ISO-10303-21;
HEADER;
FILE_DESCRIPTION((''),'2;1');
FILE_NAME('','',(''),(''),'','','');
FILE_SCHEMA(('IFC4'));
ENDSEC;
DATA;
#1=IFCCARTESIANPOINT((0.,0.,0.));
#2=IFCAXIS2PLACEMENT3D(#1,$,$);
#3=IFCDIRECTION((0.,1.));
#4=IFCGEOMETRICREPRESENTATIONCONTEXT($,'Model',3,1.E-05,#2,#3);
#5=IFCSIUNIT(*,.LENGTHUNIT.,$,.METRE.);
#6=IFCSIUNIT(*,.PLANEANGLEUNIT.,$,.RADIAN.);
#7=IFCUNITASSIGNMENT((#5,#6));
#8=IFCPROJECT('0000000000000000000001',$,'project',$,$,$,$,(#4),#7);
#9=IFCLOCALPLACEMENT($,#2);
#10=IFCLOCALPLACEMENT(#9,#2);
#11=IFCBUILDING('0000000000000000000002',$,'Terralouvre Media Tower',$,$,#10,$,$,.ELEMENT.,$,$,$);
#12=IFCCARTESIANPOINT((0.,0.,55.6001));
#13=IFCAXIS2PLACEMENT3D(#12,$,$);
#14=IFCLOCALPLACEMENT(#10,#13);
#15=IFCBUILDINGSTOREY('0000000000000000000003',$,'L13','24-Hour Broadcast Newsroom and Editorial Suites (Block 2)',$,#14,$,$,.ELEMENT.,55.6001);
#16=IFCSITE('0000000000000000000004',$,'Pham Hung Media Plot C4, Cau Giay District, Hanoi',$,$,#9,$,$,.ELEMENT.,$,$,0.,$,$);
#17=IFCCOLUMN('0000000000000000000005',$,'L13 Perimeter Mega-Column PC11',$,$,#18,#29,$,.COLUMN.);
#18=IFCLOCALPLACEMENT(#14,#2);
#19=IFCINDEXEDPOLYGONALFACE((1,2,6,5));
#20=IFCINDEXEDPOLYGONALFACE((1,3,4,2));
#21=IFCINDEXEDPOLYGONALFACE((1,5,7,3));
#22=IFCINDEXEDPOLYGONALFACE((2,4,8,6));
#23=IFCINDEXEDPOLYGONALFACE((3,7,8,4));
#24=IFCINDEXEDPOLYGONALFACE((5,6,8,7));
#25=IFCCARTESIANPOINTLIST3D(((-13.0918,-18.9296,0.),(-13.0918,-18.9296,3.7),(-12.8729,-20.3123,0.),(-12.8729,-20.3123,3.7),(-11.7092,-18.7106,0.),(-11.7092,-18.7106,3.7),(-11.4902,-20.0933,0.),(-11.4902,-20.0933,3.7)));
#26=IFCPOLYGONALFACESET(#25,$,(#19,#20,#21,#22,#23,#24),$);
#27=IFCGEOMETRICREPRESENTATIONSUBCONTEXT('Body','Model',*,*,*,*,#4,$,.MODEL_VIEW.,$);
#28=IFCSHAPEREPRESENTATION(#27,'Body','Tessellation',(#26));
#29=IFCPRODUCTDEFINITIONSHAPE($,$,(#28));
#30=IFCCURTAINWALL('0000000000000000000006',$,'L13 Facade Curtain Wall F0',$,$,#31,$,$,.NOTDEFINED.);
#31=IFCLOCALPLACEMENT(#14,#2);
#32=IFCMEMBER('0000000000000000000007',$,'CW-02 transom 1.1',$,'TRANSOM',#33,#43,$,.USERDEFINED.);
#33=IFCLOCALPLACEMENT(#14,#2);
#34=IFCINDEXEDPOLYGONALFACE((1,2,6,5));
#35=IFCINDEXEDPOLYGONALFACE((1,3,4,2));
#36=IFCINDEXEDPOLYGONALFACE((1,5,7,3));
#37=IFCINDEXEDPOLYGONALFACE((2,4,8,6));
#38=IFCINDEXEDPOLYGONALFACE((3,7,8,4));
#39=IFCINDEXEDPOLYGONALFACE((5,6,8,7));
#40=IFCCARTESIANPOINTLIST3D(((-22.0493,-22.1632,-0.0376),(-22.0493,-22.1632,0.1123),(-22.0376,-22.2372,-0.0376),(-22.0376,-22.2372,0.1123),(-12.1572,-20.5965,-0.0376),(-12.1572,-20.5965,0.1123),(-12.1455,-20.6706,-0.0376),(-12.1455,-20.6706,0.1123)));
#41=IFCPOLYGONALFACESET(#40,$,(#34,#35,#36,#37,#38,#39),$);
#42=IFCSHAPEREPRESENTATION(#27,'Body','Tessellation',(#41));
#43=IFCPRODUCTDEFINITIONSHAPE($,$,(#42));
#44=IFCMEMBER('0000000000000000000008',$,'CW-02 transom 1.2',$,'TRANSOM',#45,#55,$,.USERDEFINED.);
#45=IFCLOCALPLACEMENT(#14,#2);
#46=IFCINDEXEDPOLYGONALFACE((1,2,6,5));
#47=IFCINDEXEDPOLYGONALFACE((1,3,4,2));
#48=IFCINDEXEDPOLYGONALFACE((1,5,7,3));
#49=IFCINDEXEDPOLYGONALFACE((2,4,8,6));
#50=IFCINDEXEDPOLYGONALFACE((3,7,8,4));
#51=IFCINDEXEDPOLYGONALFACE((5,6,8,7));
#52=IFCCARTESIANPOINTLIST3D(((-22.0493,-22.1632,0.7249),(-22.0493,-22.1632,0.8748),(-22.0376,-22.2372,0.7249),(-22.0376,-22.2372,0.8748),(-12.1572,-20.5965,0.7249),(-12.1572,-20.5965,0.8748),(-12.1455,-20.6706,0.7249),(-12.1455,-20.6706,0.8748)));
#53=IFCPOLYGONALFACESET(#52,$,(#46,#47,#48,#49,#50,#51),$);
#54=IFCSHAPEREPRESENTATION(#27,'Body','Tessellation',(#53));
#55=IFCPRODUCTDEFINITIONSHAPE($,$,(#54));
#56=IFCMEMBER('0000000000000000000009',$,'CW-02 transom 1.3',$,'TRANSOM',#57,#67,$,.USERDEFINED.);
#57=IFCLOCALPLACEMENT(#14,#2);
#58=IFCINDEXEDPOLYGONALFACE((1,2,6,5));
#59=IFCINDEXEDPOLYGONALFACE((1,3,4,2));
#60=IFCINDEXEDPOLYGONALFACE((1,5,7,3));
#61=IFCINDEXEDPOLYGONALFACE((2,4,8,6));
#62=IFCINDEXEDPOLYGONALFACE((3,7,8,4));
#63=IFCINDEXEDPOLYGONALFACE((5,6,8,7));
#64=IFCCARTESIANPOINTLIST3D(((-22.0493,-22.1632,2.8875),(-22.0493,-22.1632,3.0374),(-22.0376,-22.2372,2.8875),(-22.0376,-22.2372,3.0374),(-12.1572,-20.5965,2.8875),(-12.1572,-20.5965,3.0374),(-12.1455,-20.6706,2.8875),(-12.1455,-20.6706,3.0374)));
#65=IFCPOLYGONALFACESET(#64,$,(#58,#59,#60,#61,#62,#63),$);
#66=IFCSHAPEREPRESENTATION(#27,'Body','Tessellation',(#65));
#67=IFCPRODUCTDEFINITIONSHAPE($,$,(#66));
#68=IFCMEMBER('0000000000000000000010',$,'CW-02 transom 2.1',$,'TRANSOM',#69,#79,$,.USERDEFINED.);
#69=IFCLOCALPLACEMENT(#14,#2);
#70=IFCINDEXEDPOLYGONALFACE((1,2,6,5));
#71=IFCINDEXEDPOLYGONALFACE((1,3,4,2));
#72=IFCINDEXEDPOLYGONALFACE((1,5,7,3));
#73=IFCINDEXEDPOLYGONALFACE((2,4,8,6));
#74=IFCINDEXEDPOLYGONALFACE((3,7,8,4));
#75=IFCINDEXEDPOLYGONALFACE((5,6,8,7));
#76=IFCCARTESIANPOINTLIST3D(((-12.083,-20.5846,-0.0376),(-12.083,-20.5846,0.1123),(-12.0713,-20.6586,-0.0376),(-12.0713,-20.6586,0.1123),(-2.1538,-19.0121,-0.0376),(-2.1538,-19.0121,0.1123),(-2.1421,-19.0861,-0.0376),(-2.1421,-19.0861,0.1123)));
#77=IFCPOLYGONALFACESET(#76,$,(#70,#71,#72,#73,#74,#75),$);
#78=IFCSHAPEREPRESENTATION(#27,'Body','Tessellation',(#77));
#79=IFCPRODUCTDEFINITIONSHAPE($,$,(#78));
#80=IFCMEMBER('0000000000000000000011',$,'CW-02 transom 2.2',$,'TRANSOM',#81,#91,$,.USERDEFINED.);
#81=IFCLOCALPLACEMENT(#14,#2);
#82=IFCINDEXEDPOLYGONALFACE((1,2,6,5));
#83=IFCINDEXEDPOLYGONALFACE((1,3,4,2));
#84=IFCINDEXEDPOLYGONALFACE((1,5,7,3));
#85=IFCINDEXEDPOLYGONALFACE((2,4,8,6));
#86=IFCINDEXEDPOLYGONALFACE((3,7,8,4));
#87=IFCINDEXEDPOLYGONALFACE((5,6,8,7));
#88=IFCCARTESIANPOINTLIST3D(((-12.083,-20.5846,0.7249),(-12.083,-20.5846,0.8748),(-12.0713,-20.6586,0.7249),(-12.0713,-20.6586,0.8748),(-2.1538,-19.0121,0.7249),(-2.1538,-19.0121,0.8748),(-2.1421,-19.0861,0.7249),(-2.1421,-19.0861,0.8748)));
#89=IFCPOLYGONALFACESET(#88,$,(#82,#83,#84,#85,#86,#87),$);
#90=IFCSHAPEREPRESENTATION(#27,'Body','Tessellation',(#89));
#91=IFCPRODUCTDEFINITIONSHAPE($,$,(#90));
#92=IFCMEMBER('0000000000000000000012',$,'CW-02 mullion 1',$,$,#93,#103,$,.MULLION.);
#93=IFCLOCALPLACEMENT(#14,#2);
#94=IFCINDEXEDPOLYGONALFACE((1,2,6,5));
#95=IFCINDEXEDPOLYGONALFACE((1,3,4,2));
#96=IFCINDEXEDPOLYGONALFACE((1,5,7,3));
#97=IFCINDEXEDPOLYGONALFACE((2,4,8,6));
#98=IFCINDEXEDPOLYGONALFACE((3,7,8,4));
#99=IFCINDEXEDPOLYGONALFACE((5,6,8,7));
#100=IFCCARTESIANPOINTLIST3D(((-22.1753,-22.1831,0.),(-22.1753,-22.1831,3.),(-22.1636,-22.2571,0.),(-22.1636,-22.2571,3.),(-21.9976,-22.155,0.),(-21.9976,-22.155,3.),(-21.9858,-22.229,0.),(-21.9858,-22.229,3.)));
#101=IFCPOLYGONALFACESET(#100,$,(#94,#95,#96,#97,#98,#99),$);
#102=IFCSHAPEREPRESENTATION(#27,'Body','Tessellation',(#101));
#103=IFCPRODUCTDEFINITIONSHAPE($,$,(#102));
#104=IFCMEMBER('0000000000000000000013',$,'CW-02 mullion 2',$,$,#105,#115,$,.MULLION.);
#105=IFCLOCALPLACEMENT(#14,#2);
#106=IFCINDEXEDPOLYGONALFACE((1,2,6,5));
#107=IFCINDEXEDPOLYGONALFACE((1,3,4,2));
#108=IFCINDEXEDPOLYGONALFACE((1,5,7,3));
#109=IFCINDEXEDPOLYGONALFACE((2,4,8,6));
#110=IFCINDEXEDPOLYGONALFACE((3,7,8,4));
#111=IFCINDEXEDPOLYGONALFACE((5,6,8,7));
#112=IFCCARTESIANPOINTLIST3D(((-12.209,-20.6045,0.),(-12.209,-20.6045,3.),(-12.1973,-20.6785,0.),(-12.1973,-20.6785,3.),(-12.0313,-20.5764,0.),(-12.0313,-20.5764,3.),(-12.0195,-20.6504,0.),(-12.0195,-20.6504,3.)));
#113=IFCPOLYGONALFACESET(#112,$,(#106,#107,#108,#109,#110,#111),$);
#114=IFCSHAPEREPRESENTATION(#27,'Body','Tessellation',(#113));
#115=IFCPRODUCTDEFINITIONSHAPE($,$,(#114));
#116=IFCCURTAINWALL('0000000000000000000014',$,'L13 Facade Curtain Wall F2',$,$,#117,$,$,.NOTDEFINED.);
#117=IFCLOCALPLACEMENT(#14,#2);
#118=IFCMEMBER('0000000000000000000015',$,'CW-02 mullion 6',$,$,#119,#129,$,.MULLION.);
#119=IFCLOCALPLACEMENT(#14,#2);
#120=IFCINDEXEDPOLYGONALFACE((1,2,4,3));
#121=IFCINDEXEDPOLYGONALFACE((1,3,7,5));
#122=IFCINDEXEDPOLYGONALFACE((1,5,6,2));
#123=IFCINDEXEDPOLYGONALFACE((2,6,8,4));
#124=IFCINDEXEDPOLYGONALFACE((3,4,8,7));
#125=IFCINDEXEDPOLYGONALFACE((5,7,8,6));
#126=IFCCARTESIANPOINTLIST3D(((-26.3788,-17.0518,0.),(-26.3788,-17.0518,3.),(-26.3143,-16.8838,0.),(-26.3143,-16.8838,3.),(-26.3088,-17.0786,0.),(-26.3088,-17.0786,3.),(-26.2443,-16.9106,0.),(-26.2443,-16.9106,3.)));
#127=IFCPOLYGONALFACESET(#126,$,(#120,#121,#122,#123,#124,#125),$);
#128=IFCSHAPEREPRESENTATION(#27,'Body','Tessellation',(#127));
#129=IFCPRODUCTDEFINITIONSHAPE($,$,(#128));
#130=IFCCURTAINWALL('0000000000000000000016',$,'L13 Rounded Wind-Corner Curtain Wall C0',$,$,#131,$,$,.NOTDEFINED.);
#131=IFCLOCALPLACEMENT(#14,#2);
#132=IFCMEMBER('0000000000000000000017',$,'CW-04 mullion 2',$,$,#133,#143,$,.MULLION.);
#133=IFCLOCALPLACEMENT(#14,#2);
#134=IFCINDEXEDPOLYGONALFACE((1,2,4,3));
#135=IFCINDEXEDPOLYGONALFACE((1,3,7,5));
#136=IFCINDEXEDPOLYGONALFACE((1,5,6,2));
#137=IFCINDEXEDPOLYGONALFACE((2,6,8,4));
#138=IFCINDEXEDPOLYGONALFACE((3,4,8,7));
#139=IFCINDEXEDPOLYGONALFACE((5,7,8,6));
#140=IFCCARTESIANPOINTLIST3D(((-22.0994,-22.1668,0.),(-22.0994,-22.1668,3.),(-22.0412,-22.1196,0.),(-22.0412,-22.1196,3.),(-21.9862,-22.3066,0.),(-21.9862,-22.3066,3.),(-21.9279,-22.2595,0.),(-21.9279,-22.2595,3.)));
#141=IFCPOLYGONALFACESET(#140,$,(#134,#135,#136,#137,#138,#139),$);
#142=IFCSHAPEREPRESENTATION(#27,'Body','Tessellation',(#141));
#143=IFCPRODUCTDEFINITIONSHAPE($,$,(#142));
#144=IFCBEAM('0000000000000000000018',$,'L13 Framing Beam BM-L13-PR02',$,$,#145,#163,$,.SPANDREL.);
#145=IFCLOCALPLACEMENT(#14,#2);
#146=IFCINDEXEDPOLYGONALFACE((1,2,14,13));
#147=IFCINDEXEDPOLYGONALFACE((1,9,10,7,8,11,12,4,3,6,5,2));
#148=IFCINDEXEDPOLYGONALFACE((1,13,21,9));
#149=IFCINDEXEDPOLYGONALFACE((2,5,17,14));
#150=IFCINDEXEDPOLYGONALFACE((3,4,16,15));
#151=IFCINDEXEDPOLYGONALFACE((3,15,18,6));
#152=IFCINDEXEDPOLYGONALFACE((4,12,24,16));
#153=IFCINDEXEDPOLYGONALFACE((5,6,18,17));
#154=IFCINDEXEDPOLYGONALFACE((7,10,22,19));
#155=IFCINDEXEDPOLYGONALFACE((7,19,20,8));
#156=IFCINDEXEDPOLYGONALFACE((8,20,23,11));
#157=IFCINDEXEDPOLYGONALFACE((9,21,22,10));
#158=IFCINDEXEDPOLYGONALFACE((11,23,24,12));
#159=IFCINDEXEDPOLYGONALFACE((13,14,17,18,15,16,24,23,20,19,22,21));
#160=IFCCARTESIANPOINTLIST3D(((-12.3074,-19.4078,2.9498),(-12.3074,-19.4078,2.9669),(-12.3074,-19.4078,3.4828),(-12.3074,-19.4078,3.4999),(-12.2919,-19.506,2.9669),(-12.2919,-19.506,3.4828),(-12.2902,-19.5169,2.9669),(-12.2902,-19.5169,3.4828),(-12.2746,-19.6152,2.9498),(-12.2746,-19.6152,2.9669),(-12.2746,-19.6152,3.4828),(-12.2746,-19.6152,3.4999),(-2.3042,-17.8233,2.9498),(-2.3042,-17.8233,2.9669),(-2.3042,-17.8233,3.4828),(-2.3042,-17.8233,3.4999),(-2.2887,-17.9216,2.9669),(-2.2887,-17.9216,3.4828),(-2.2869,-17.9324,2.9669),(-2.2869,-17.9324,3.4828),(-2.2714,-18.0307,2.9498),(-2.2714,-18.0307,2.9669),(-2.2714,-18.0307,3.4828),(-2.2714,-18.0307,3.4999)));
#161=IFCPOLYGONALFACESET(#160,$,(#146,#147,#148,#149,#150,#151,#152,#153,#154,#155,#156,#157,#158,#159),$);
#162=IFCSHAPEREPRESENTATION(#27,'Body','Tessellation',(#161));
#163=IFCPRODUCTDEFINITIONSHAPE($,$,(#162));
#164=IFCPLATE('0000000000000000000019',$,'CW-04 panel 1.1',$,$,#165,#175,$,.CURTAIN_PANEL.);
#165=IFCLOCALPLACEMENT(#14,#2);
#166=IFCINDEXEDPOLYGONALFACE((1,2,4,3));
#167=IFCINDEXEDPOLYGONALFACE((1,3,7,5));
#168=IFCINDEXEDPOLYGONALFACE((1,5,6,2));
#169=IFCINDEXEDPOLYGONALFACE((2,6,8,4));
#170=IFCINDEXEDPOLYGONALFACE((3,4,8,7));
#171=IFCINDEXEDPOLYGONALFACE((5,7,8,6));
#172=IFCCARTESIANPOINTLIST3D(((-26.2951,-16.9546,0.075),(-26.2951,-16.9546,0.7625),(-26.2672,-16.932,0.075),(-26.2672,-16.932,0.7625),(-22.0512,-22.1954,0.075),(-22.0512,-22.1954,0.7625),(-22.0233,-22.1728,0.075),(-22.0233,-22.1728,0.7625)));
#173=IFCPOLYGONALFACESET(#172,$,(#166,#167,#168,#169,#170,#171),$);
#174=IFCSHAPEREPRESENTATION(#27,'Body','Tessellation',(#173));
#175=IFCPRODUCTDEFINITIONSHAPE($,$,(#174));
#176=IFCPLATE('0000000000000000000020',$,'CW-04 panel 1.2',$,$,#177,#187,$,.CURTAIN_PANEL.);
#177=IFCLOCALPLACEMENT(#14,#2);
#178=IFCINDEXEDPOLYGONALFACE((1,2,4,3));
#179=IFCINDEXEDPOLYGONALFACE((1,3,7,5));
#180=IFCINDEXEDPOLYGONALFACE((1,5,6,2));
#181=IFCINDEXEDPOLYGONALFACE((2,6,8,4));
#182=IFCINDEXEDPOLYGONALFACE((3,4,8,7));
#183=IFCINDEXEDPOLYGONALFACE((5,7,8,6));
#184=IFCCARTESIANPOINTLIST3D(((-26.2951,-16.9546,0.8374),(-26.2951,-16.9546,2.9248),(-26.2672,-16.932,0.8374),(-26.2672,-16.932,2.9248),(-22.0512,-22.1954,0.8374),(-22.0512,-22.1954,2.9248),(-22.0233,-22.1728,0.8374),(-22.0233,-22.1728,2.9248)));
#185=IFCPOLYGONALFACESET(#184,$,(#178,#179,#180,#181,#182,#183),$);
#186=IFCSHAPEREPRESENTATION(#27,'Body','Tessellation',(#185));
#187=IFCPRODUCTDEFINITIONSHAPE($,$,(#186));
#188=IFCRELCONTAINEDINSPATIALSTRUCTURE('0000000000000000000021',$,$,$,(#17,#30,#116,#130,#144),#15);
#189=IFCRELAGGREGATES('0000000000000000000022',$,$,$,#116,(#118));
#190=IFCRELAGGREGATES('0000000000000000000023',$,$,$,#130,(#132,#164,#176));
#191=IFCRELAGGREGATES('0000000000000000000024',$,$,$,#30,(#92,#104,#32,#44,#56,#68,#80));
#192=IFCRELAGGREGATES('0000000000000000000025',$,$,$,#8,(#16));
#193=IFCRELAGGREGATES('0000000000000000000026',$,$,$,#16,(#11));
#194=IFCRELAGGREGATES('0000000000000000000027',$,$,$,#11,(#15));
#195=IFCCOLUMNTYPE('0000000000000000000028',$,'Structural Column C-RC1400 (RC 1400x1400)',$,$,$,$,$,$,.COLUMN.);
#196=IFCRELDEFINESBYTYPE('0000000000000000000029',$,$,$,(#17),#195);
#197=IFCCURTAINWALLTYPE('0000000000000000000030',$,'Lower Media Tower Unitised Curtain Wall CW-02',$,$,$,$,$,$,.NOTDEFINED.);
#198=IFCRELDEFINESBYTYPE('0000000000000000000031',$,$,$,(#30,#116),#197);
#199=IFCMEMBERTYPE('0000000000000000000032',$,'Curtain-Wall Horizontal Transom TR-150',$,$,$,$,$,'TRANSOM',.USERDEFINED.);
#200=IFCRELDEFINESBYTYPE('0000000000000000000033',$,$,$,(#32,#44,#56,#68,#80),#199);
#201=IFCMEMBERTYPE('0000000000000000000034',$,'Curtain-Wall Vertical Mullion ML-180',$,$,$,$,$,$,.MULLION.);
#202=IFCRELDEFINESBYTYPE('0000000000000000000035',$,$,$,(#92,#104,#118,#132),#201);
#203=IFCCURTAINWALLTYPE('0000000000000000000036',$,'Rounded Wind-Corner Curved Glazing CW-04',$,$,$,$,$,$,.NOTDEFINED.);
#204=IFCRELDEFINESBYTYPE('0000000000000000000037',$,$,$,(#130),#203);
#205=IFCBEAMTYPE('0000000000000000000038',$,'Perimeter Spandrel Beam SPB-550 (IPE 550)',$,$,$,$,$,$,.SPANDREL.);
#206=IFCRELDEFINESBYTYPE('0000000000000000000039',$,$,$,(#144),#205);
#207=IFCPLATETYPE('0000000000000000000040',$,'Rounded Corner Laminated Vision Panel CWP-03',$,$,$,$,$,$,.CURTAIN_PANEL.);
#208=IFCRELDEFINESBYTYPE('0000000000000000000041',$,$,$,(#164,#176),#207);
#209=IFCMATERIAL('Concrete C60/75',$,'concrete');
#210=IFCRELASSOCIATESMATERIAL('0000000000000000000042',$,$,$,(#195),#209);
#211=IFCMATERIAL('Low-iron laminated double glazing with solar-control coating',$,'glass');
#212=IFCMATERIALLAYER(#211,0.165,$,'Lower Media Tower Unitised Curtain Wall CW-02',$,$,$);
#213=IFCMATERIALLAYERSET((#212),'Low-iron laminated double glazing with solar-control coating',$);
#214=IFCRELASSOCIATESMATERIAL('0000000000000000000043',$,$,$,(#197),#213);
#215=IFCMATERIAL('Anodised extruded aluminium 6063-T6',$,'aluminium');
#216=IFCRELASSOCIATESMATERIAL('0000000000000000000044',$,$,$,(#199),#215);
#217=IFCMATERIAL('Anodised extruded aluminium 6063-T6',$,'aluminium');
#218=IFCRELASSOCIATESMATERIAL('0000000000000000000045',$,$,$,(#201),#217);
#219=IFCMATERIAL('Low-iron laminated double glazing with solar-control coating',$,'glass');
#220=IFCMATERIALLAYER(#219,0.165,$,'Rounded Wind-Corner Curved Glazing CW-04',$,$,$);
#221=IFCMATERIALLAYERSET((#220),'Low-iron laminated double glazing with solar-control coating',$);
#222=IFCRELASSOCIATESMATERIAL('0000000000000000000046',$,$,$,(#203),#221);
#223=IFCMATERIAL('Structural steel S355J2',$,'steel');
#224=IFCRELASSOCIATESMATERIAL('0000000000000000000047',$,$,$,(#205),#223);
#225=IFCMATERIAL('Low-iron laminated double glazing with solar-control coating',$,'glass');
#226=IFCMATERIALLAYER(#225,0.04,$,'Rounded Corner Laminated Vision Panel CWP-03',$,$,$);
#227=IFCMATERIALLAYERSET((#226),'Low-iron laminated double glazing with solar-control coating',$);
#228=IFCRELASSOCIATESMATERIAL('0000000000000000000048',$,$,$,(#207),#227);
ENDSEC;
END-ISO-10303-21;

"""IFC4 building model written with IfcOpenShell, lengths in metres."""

from ifc_helpers import new_model, si_unit, direction, frame, origin, origin_2d, place, context, subcontext, project, spatial, rectangle, i_section, extrude, material, layer, layer_set, material_profile, profile_set, type_object, element, aggregate, save


model = new_model("IFC4")

# Units and contexts
model_context = context("Model", 3, precision=1e-05, world=origin(), true_north=direction((0.0, 1.0)))
body_context = subcontext(model_context, "Body", "Model", "MODEL_VIEW")
ifc_project = project(units=[si_unit("LENGTHUNIT", "METRE"), si_unit("PLANEANGLEUNIT", "RADIAN")], contexts=[model_context])

# Site, building, storey
site_placement = place(None, origin())
site = spatial("IfcSite", under=ifc_project, at=site_placement, Name="Pham Hung Media Plot C4, Cau Giay District, Hanoi", CompositionType="ELEMENT", RefElevation=0.0)
building_placement = place(site_placement, origin())
building = spatial("IfcBuilding", under=site, at=building_placement, Name="Terralouvre Media Tower", CompositionType="ELEMENT")
storey_placement = place(building_placement, frame((0.0, 0.0, 55.6001)))
storey = spatial("IfcBuildingStorey", under=building, at=storey_placement, Name="L13", Description="24-Hour Broadcast Newsroom and Editorial Suites (Block 2)", CompositionType="ELEMENT", Elevation=55.6001)

# Column
ifc_material_1 = material(Name="Concrete C60/75", Category="concrete")
ifc_material_profile_1 = material_profile(ifc_material_1, rectangle(XDim=1.3999, YDim=1.3999, at=origin_2d()), Name="RC 1400x1400")
ifc_profile_set_1 = profile_set([ifc_material_profile_1], Name="Concrete C60/75")
column_type = type_object("IfcColumnType", Name="Structural Column C-RC1400 (RC 1400x1400)", PredefinedType="COLUMN", material=ifc_profile_set_1)
column_placement = place(storey_placement, frame((-12.291, -19.5115, 0.0), z_axis=(0.0, 0.0, 1.0), x_axis=(0.987688, 0.156434, 0.0)))
element("IfcColumn", 1, at=column_placement, inside=storey, type_object=column_type, Name="L13 Perimeter Mega-Column PC11", PredefinedType="COLUMN", context=body_context, shape_type="SweptSolid", body=[
    extrude(rectangle(XDim=1.3999, YDim=1.3999, at=origin_2d()), origin(), (0.0, 0.0, 1.0), 3.7),
])

# Curtain wall, members
ifc_material_2 = material(Name="Low-iron laminated double glazing with solar-control coating", Category="glass")
ifc_layer_1 = layer(ifc_material_2, 0.165, Name="Lower Media Tower Unitised Curtain Wall CW-02")
ifc_layer_set_1 = layer_set([ifc_layer_1], Name="Low-iron laminated double glazing with solar-control coating")
curtain_wall_type_1 = type_object("IfcCurtainWallType", Name="Lower Media Tower Unitised Curtain Wall CW-02", PredefinedType="NOTDEFINED", material=ifc_layer_set_1)
curtain_wall_1_placement = place(storey_placement, origin())
curtain_wall_1 = element("IfcCurtainWall", 2, at=curtain_wall_1_placement, inside=storey, type_object=curtain_wall_type_1, Name="L13 Facade Curtain Wall F0", PredefinedType="NOTDEFINED")
ifc_material_3 = material(Name="Anodised extruded aluminium 6063-T6", Category="aluminium")
ifc_material_profile_2 = material_profile(ifc_material_3, rectangle(XDim=0.075, YDim=0.1499, at=origin_2d()), Name="ALU 75x150")
ifc_profile_set_2 = profile_set([ifc_material_profile_2], Name="Anodised extruded aluminium 6063-T6")
member_type_1 = type_object("IfcMemberType", Name="Curtain-Wall Horizontal Transom TR-150", ElementType="TRANSOM", PredefinedType="USERDEFINED", material=ifc_profile_set_2)
member_1_placement = place(storey_placement, frame((-22.0435, -22.2002, 0.0374), z_axis=(0.98769, 0.156424, 0.0), x_axis=(-0.156424, 0.98769, 0.0)))
member_1 = element("IfcMember", 3, at=member_1_placement, type_object=member_type_1, Name="CW-02 transom 1.1", ObjectType="TRANSOM", PredefinedType="USERDEFINED", context=body_context, shape_type="SweptSolid", body=[
    extrude(rectangle(XDim=0.075, YDim=0.1499, at=origin_2d()), origin(), (0.0, 0.0, 1.0), 10.0154),
])
member_2_placement = place(storey_placement, frame((-22.0435, -22.2002, 0.7998), z_axis=(0.98769, 0.156424, 0.0), x_axis=(-0.156424, 0.98769, 0.0)))
member_2 = element("IfcMember", 4, at=member_2_placement, type_object=member_type_1, Name="CW-02 transom 1.2", ObjectType="TRANSOM", PredefinedType="USERDEFINED", context=body_context, shape_type="SweptSolid", body=[
    extrude(rectangle(XDim=0.075, YDim=0.1499, at=origin_2d()), origin(), (0.0, 0.0, 1.0), 10.0154),
])
member_3_placement = place(storey_placement, frame((-22.0435, -22.2002, 2.9624), z_axis=(0.98769, 0.156424, 0.0), x_axis=(-0.156424, 0.98769, 0.0)))
member_3 = element("IfcMember", 5, at=member_3_placement, type_object=member_type_1, Name="CW-02 transom 1.3", ObjectType="TRANSOM", PredefinedType="USERDEFINED", context=body_context, shape_type="SweptSolid", body=[
    extrude(rectangle(XDim=0.075, YDim=0.1499, at=origin_2d()), origin(), (0.0, 0.0, 1.0), 10.0154),
])
member_4_placement = place(storey_placement, frame((-12.0771, -20.6216, 0.0374), z_axis=(0.98769, 0.156423, 0.0), x_axis=(-0.156423, 0.98769, 0.0)))
member_4 = element("IfcMember", 6, at=member_4_placement, type_object=member_type_1, Name="CW-02 transom 2.1", ObjectType="TRANSOM", PredefinedType="USERDEFINED", context=body_context, shape_type="SweptSolid", body=[
    extrude(rectangle(XDim=0.075, YDim=0.1499, at=origin_2d()), origin(), (0.0, 0.0, 1.0), 10.053),
])
member_5_placement = place(storey_placement, frame((-12.0771, -20.6216, 0.7998), z_axis=(0.98769, 0.156423, 0.0), x_axis=(-0.156423, 0.98769, 0.0)))
member_5 = element("IfcMember", 7, at=member_5_placement, type_object=member_type_1, Name="CW-02 transom 2.2", ObjectType="TRANSOM", PredefinedType="USERDEFINED", context=body_context, shape_type="SweptSolid", body=[
    extrude(rectangle(XDim=0.075, YDim=0.1499, at=origin_2d()), origin(), (0.0, 0.0, 1.0), 10.053),
])
ifc_material_4 = material(Name="Anodised extruded aluminium 6063-T6", Category="aluminium")
ifc_material_profile_3 = material_profile(ifc_material_4, rectangle(XDim=0.075, YDim=0.1799, at=origin_2d()), Name="ALU 75x180")
ifc_profile_set_3 = profile_set([ifc_material_profile_3], Name="Anodised extruded aluminium 6063-T6")
member_type_2 = type_object("IfcMemberType", Name="Curtain-Wall Vertical Mullion ML-180", PredefinedType="MULLION", material=ifc_profile_set_3)
member_6_placement = place(storey_placement, frame((-22.0806, -22.2061, 0.0), z_axis=(0.0, 0.0, 1.0), x_axis=(-0.156434, 0.987688, 0.0)))
member_6 = element("IfcMember", 8, at=member_6_placement, type_object=member_type_2, Name="CW-02 mullion 1", PredefinedType="MULLION", context=body_context, shape_type="SweptSolid", body=[
    extrude(rectangle(XDim=0.075, YDim=0.1799, at=origin_2d()), origin(), (0.0, 0.0, 1.0), 3.0),
])
member_7_placement = place(storey_placement, frame((-12.1143, -20.6274, 0.0), z_axis=(0.0, 0.0, 1.0), x_axis=(-0.156434, 0.987688, 0.0)))
member_7 = element("IfcMember", 9, at=member_7_placement, type_object=member_type_2, Name="CW-02 mullion 2", PredefinedType="MULLION", context=body_context, shape_type="SweptSolid", body=[
    extrude(rectangle(XDim=0.075, YDim=0.1799, at=origin_2d()), origin(), (0.0, 0.0, 1.0), 3.0),
])

# Curtain walls, members
curtain_wall_2_placement = place(storey_placement, origin())
curtain_wall_2 = element("IfcCurtainWall", 10, at=curtain_wall_2_placement, inside=storey, type_object=curtain_wall_type_1, Name="L13 Facade Curtain Wall F2", PredefinedType="NOTDEFINED")
member_8_placement = place(storey_placement, frame((-26.3115, -16.9812, 0.0), z_axis=(0.0, 0.0, 1.0), x_axis=(0.93358, -0.358368, 0.0)))
member_8 = element("IfcMember", 11, at=member_8_placement, type_object=member_type_2, Name="CW-02 mullion 6", PredefinedType="MULLION", context=body_context, shape_type="SweptSolid", body=[
    extrude(rectangle(XDim=0.075, YDim=0.1799, at=origin_2d()), origin(), (0.0, 0.0, 1.0), 3.0),
])
aggregate(curtain_wall_2, [member_8])
ifc_material_5 = material(Name="Low-iron laminated double glazing with solar-control coating", Category="glass")
ifc_layer_2 = layer(ifc_material_5, 0.165, Name="Rounded Wind-Corner Curved Glazing CW-04")
ifc_layer_set_2 = layer_set([ifc_layer_2], Name="Low-iron laminated double glazing with solar-control coating")
curtain_wall_type_2 = type_object("IfcCurtainWallType", Name="Rounded Wind-Corner Curved Glazing CW-04", PredefinedType="NOTDEFINED", material=ifc_layer_set_2)
curtain_wall_3_placement = place(storey_placement, origin())
curtain_wall_3 = element("IfcCurtainWall", 12, at=curtain_wall_3_placement, inside=storey, type_object=curtain_wall_type_2, Name="L13 Rounded Wind-Corner Curtain Wall C0", PredefinedType="NOTDEFINED")
member_9_placement = place(storey_placement, frame((-22.0137, -22.2131, 0.0), z_axis=(0.0, 0.0, 1.0), x_axis=(0.777146, 0.62932, 0.0)))
member_9 = element("IfcMember", 13, at=member_9_placement, type_object=member_type_2, Name="CW-04 mullion 2", PredefinedType="MULLION", context=body_context, shape_type="SweptSolid", body=[
    extrude(rectangle(XDim=0.075, YDim=0.1799, at=origin_2d()), origin(), (0.0, 0.0, 1.0), 3.0),
])

# Beam
ifc_material_6 = material(Name="Structural steel S355J2", Category="steel")
ifc_material_profile_4 = material_profile(ifc_material_6, i_section(OverallWidth=0.21, OverallDepth=0.55, WebThickness=0.011, FlangeThickness=0.0171, at=origin_2d()), Name="IPE 550")
ifc_profile_set_4 = profile_set([ifc_material_profile_4], Name="Structural steel S355J2")
beam_type = type_object("IfcBeamType", Name="Perimeter Spandrel Beam SPB-550 (IPE 550)", PredefinedType="SPANDREL", material=ifc_profile_set_4)
beam_placement = place(storey_placement, frame((-12.291, -19.5115, 3.2249), z_axis=(0.987686, 0.156447, 0.0), x_axis=(-0.156447, 0.987686, 0.0)))
element("IfcBeam", 14, at=beam_placement, inside=storey, type_object=beam_type, Name="L13 Framing Beam BM-L13-PR02", PredefinedType="SPANDREL", context=body_context, shape_type="SweptSolid", body=[
    extrude(i_section(OverallWidth=0.21, OverallDepth=0.55, WebThickness=0.011, FlangeThickness=0.0171, at=origin_2d()), origin(), (0.0, 0.0, 1.0), 10.1279),
])

# Plates
ifc_material_7 = material(Name="Low-iron laminated double glazing with solar-control coating", Category="glass")
ifc_layer_3 = layer(ifc_material_7, 0.04, Name="Rounded Corner Laminated Vision Panel CWP-03")
ifc_layer_set_3 = layer_set([ifc_layer_3], Name="Low-iron laminated double glazing with solar-control coating")
plate_type_1 = type_object("IfcPlateType", Name="Rounded Corner Laminated Vision Panel CWP-03", PredefinedType="CURTAIN_PANEL", material=ifc_layer_set_3)
plate_1_placement = place(storey_placement, frame((-24.1592, -19.5637, 0.075), z_axis=(0.0, 0.0, 1.0), x_axis=(0.62932, -0.777146, 0.0)))
plate_1 = element("IfcPlate", 15, at=plate_1_placement, type_object=plate_type_1, Name="CW-04 panel 1.1", PredefinedType="CURTAIN_PANEL", context=body_context, shape_type="SweptSolid", body=[
    extrude(rectangle(XDim=6.7437, YDim=0.0359, at=origin_2d()), origin(), (0.0, 0.0, 1.0), 0.6875),
])
plate_2_placement = place(storey_placement, frame((-24.1592, -19.5637, 0.8374), z_axis=(0.0, 0.0, 1.0), x_axis=(0.62932, -0.777146, 0.0)))
plate_2 = element("IfcPlate", 16, at=plate_2_placement, type_object=plate_type_1, Name="CW-04 panel 1.2", PredefinedType="CURTAIN_PANEL", context=body_context, shape_type="SweptSolid", body=[
    extrude(rectangle(XDim=6.7437, YDim=0.0359, at=origin_2d()), origin(), (0.0, 0.0, 1.0), 2.0874),
])
aggregate(curtain_wall_3, [member_9, plate_1, plate_2])
aggregate(curtain_wall_1, [member_6, member_7, member_1, member_2, member_3, member_4, member_5])

save(model, "model.ifc")
